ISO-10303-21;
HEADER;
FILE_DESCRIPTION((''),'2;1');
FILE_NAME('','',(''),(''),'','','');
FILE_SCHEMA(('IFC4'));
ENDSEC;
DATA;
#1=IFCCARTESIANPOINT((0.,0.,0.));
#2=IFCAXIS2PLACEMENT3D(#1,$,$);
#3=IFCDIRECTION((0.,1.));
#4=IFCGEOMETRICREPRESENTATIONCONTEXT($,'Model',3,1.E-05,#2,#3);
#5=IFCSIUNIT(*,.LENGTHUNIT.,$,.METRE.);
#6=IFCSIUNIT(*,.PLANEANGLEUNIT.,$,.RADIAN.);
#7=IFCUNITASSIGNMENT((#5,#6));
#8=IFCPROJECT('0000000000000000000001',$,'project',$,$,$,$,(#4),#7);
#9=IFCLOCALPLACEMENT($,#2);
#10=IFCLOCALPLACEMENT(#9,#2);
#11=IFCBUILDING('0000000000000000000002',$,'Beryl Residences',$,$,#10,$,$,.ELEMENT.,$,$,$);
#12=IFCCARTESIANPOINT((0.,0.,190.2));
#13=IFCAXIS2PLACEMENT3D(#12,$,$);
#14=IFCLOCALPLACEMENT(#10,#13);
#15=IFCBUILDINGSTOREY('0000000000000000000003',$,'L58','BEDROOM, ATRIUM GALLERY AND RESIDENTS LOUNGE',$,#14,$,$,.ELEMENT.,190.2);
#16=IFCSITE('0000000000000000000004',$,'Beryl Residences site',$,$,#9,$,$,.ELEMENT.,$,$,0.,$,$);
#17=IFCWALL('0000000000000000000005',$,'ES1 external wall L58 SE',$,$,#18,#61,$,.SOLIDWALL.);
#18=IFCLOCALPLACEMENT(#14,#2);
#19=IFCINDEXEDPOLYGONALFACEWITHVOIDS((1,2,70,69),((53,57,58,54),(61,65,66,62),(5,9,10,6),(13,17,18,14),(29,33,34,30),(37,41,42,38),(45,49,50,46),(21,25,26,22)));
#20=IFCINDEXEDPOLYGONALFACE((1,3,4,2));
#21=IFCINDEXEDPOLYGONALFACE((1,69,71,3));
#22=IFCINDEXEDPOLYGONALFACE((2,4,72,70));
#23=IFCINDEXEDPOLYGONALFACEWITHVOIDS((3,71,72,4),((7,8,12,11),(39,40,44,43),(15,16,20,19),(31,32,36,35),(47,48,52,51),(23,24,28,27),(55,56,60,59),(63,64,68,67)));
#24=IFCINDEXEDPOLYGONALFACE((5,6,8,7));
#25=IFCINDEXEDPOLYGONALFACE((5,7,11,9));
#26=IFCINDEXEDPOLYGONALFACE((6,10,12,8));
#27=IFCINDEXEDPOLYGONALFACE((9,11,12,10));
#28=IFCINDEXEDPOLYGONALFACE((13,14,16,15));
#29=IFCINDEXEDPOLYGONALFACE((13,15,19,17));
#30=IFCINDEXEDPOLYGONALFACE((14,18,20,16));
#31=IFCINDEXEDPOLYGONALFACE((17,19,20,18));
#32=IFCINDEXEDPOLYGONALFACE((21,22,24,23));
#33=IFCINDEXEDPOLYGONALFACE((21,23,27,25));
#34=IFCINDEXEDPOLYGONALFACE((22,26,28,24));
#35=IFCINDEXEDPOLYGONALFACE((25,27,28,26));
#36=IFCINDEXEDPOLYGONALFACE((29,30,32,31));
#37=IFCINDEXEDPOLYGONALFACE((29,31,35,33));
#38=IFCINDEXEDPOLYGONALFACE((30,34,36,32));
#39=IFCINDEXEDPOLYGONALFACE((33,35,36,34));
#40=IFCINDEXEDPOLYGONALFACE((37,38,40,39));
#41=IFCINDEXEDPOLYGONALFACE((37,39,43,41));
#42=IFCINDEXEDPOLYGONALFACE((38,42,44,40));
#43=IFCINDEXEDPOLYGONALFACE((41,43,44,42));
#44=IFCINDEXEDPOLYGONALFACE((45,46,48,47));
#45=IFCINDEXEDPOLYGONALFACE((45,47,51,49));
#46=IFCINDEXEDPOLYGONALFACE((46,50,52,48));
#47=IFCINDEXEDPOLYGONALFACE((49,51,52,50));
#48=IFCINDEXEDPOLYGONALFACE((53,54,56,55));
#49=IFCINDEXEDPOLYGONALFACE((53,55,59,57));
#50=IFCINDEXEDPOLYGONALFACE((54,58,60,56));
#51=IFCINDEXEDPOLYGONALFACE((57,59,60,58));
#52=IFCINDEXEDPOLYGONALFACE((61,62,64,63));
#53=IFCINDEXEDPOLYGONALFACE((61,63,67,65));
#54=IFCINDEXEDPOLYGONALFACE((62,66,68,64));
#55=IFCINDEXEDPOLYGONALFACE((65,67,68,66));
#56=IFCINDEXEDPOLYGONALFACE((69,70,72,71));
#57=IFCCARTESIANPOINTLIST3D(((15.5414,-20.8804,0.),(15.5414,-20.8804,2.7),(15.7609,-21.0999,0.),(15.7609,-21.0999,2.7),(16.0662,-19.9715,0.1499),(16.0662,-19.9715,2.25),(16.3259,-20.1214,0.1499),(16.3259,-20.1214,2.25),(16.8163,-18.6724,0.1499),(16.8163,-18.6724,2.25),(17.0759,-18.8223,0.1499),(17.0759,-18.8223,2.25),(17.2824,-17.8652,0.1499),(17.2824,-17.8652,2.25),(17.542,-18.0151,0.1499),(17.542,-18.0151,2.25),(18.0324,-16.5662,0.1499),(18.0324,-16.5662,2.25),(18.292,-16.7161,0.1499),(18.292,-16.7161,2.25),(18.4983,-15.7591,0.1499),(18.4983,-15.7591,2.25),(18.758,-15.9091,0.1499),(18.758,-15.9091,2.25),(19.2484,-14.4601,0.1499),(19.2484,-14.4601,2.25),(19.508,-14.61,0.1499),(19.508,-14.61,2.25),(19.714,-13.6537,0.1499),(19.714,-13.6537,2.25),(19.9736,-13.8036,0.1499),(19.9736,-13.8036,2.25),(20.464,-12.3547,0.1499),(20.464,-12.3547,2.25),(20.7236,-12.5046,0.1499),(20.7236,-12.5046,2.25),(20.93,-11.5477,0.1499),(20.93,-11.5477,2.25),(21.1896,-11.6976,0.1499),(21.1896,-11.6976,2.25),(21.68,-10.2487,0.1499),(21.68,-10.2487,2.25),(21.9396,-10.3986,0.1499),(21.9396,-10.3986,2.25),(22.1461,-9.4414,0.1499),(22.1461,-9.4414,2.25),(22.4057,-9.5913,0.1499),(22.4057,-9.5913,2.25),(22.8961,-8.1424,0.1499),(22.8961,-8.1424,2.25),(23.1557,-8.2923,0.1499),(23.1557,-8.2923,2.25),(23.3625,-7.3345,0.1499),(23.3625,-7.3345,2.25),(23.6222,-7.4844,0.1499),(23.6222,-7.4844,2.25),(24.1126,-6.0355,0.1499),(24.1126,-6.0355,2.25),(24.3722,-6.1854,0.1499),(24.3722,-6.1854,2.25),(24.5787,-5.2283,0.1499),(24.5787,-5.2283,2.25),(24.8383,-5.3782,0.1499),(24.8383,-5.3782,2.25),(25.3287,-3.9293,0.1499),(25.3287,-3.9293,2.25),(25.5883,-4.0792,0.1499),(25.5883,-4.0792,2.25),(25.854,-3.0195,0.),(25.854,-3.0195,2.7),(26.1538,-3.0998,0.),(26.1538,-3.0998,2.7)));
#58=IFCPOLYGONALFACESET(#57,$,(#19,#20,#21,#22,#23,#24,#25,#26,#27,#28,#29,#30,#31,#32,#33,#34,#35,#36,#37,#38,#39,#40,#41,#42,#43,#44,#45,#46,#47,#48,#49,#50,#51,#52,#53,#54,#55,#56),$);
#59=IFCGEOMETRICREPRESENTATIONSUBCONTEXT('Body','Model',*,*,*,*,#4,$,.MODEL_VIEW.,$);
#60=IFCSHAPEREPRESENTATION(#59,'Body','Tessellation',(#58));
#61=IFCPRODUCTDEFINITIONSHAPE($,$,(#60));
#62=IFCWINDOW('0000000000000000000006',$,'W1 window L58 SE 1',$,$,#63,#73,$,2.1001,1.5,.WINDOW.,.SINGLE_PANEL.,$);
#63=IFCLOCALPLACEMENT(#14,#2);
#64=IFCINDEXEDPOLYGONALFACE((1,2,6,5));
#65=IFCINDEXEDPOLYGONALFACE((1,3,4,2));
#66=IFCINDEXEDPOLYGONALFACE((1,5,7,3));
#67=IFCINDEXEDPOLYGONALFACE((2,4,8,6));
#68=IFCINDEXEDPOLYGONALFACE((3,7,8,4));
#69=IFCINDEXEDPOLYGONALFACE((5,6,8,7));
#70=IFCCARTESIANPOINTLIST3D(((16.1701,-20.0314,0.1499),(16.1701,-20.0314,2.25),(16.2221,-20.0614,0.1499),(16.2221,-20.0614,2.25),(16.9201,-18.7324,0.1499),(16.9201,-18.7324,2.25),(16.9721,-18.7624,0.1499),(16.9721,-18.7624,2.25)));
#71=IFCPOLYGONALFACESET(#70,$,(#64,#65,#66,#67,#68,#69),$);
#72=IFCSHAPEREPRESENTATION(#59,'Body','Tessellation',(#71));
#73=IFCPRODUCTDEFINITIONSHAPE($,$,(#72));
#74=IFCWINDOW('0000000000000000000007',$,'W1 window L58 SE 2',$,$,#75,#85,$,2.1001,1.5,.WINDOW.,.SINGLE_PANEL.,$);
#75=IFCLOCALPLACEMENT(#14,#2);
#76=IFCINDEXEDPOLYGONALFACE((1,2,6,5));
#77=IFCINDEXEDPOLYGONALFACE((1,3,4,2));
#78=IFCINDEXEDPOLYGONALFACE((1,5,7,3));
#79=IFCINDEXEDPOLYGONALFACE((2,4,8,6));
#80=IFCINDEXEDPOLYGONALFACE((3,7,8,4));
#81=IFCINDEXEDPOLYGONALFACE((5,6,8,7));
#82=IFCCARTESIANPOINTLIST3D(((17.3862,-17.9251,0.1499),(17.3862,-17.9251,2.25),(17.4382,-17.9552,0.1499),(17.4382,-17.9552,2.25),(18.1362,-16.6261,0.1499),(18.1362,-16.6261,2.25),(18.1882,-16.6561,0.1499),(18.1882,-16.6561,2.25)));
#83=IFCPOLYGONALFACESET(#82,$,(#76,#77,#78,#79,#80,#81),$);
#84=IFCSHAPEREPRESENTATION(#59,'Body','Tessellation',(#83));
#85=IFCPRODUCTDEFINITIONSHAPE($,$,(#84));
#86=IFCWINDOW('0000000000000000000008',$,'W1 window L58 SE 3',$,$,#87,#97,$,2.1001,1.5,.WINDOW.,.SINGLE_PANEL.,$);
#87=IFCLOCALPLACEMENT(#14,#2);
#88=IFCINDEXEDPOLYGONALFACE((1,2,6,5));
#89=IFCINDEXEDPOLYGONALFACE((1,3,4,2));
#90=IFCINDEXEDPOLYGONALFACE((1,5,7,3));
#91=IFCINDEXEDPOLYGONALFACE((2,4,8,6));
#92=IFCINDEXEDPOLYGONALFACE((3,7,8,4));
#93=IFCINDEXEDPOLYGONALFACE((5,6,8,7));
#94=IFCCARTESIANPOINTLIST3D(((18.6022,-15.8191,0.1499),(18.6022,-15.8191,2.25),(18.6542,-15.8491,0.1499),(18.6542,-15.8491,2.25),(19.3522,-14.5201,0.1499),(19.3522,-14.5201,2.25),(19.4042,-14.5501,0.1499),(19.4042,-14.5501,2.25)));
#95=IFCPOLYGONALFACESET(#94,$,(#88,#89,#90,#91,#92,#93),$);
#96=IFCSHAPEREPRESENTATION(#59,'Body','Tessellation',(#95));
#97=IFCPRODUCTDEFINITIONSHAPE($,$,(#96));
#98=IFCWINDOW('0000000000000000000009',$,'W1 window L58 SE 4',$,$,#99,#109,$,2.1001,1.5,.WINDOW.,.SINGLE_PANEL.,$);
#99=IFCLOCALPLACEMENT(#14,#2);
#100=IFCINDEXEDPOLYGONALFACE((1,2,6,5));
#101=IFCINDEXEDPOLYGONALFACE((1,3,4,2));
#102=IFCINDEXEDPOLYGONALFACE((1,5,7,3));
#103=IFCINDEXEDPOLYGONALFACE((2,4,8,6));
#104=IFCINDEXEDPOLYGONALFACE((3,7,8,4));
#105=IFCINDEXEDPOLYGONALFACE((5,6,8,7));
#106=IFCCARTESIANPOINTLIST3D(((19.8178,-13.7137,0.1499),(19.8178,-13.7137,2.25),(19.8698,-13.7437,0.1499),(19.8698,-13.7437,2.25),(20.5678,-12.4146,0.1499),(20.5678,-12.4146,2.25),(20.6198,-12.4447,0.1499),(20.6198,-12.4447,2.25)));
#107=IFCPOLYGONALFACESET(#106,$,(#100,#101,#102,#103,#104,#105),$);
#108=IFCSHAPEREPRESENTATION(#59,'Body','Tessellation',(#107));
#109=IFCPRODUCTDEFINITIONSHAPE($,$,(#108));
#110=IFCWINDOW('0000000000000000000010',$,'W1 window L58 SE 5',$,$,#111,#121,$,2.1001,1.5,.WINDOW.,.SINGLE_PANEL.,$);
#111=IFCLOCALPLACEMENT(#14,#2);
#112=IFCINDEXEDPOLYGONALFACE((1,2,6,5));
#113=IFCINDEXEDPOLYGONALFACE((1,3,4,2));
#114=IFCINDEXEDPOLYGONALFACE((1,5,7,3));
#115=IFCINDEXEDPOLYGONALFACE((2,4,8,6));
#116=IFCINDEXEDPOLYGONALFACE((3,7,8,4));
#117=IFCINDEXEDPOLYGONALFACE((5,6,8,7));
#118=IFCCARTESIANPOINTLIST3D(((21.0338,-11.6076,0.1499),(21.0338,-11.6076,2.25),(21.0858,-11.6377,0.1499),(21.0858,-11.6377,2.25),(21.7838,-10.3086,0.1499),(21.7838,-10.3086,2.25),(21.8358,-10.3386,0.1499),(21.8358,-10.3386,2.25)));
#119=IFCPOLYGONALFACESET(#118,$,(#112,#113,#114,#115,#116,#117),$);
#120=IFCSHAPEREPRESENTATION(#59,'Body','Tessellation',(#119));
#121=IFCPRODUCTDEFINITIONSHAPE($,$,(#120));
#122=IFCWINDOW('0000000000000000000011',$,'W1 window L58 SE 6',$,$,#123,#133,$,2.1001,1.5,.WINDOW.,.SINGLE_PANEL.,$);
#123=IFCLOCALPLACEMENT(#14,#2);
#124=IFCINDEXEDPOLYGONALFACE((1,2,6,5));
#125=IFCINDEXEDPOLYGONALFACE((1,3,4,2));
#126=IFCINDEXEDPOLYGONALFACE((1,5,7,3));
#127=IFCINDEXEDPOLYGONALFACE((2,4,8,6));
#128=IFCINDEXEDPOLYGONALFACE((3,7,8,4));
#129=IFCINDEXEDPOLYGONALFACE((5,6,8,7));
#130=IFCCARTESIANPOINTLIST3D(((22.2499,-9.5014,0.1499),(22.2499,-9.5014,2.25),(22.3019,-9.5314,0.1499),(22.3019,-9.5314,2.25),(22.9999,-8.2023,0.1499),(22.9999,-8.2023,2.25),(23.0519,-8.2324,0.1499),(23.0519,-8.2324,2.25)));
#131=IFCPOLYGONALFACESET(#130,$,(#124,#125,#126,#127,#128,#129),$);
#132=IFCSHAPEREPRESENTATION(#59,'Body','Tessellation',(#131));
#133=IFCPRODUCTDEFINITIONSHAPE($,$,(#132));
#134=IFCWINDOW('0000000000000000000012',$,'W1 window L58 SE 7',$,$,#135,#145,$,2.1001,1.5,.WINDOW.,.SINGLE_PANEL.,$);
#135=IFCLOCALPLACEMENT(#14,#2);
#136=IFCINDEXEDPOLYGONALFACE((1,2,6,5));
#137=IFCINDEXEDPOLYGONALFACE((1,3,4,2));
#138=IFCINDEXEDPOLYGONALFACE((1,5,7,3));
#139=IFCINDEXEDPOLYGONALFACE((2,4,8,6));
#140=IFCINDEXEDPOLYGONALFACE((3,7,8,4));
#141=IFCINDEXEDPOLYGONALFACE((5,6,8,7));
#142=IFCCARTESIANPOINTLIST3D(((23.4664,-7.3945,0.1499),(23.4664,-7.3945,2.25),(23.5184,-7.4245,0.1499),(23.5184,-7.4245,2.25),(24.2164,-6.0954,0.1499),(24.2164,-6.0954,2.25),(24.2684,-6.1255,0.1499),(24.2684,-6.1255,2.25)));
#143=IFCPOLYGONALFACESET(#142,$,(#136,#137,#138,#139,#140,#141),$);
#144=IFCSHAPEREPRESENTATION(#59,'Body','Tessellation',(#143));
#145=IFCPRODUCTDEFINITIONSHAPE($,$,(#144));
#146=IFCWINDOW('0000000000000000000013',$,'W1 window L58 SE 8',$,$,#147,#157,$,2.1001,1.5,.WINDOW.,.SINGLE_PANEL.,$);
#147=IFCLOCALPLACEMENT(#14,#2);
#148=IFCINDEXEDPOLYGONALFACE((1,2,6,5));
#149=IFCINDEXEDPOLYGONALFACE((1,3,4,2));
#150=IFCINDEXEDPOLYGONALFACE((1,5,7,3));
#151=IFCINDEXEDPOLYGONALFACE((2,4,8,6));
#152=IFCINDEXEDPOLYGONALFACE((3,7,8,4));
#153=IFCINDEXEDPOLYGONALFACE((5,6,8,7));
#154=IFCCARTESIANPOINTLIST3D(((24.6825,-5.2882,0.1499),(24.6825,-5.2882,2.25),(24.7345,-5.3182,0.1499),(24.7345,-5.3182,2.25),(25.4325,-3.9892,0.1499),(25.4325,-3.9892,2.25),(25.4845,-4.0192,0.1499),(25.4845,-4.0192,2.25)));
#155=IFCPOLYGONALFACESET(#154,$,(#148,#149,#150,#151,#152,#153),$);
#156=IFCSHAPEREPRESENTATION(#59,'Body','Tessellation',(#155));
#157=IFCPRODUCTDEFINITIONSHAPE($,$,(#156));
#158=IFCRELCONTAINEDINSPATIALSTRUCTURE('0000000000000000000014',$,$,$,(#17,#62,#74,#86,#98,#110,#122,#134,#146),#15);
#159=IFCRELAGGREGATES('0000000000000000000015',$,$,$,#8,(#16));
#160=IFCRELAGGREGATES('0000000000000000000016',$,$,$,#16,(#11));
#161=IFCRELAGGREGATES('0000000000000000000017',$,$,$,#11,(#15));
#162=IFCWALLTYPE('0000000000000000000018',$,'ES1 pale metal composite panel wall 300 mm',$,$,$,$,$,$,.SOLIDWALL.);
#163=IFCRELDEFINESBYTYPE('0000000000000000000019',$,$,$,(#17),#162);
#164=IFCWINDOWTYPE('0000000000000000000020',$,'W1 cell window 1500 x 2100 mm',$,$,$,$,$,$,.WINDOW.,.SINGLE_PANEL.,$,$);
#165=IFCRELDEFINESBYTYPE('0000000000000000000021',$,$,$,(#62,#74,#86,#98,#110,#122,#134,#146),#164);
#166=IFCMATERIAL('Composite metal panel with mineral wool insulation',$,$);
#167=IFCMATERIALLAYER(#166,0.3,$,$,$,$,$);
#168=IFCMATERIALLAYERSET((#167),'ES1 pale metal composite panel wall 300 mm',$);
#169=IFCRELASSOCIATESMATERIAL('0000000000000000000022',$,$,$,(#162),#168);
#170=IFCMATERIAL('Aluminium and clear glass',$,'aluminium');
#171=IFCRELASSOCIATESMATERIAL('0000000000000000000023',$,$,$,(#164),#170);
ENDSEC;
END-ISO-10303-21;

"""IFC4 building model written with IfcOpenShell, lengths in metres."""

from ifc_helpers import new_model, si_unit, direction, frame, frame_2d, origin, place, context, subcontext, project, spatial, polyline, rectangle, outline, extrude, material, layer, layer_set, type_object, element, fill, save


model = new_model("IFC4")

# Units and contexts
model_context = context("Model", 3, precision=1e-05, world=origin(), true_north=direction((0.0, 1.0)))
body_context = subcontext(model_context, "Body", "Model", "MODEL_VIEW")
ifc_project = project(units=[si_unit("LENGTHUNIT", "METRE"), si_unit("PLANEANGLEUNIT", "RADIAN")], contexts=[model_context])

# Site, building, storey
site_placement = place(None, origin())
site = spatial("IfcSite", under=ifc_project, at=site_placement, Name="Beryl Residences site", CompositionType="ELEMENT", RefElevation=0.0)
building_placement = place(site_placement, origin())
building = spatial("IfcBuilding", under=site, at=building_placement, Name="Beryl Residences", CompositionType="ELEMENT")
storey_placement = place(building_placement, frame((0.0, 0.0, 190.2)))
storey = spatial("IfcBuildingStorey", under=building, at=storey_placement, Name="L58", Description="BEDROOM, ATRIUM GALLERY AND RESIDENTS LOUNGE", CompositionType="ELEMENT", Elevation=190.2)

# Wall, openings, windows
ifc_material_1 = material(Name="Composite metal panel with mineral wool insulation")
ifc_layer_1 = layer(ifc_material_1, 0.3)
ifc_layer_set_1 = layer_set([ifc_layer_1], Name="ES1 pale metal composite panel wall 300 mm")
wall_type_1 = type_object("IfcWallType", Name="ES1 pale metal composite panel wall 300 mm", PredefinedType="SOLIDWALL", material=ifc_layer_set_1)
wall_1_placement = place(storey_placement, frame((15.6311, -21.0249, 0.0), z_axis=(0.0, 0.0, 1.0), x_axis=(0.500019, 0.866015, 0.0)))
wall_1 = element("IfcWall", 1, at=wall_1_placement, inside=storey, type_object=wall_type_1, Name="ES1 external wall L58 SE", PredefinedType="SOLIDWALL", context=body_context, shape_type="SweptSolid", body=[
    extrude(outline(polyline([(0.0, -0.1499), (20.7849, -0.1499), (20.7046, 0.1499), (0.0803, 0.1499), (0.0, -0.1499)])), origin(), (0.0, 0.0, 1.0), 2.7),
])
opening_1_placement = place(wall_1_placement, frame((1.1299, 0.0, 0.1499)))
opening_1 = element("IfcOpeningElement", 2, at=opening_1_placement, cuts=wall_1, PredefinedType="OPENING", context=body_context, shape_type="SweptSolid", body=[
    extrude(rectangle(XDim=1.5, YDim=2.1001, at=frame_2d((0.75, 1.05))), frame((0.0, 0.1599, 0.0), z_axis=(0.0, -1.0, 0.0), x_axis=(1.0, 0.0, 0.0)), (0.0, 0.0, 1.0), 0.3201),
])
opening_2_placement = place(wall_1_placement, frame((3.562, 0.0, 0.1499)))
opening_2 = element("IfcOpeningElement", 3, at=opening_2_placement, cuts=wall_1, PredefinedType="OPENING", context=body_context, shape_type="SweptSolid", body=[
    extrude(rectangle(XDim=1.5, YDim=2.1001, at=frame_2d((0.75, 1.05))), frame((0.0, 0.1599, 0.0), z_axis=(0.0, -1.0, 0.0), x_axis=(1.0, 0.0, 0.0)), (0.0, 0.0, 1.0), 0.3201),
])
opening_3_placement = place(wall_1_placement, frame((5.9939, 0.0, 0.1499)))
opening_3 = element("IfcOpeningElement", 4, at=opening_3_placement, cuts=wall_1, PredefinedType="OPENING", context=body_context, shape_type="SweptSolid", body=[
    extrude(rectangle(XDim=1.5, YDim=2.1001, at=frame_2d((0.75, 1.05))), frame((0.0, 0.1599, 0.0), z_axis=(0.0, -1.0, 0.0), x_axis=(1.0, 0.0, 0.0)), (0.0, 0.0, 1.0), 0.3201),
])
opening_4_placement = place(wall_1_placement, frame((8.425, 0.0, 0.1499)))
opening_4 = element("IfcOpeningElement", 5, at=opening_4_placement, cuts=wall_1, PredefinedType="OPENING", context=body_context, shape_type="SweptSolid", body=[
    extrude(rectangle(XDim=1.5, YDim=2.1001, at=frame_2d((0.75, 1.05))), frame((0.0, 0.1599, 0.0), z_axis=(0.0, -1.0, 0.0), x_axis=(1.0, 0.0, 0.0)), (0.0, 0.0, 1.0), 0.3201),
])
opening_5_placement = place(wall_1_placement, frame((10.8569, 0.0, 0.1499)))
opening_5 = element("IfcOpeningElement", 6, at=opening_5_placement, cuts=wall_1, PredefinedType="OPENING", context=body_context, shape_type="SweptSolid", body=[
    extrude(rectangle(XDim=1.5, YDim=2.1001, at=frame_2d((0.75, 1.05))), frame((0.0, 0.1599, 0.0), z_axis=(0.0, -1.0, 0.0), x_axis=(1.0, 0.0, 0.0)), (0.0, 0.0, 1.0), 0.3201),
])
opening_6_placement = place(wall_1_placement, frame((13.2891, 0.0, 0.1499)))
opening_6 = element("IfcOpeningElement", 7, at=opening_6_placement, cuts=wall_1, PredefinedType="OPENING", context=body_context, shape_type="SweptSolid", body=[
    extrude(rectangle(XDim=1.5, YDim=2.1001, at=frame_2d((0.75, 1.05))), frame((0.0, 0.1599, 0.0), z_axis=(0.0, -1.0, 0.0), x_axis=(1.0, 0.0, 0.0)), (0.0, 0.0, 1.0), 0.3201),
])
opening_7_placement = place(wall_1_placement, frame((15.7219, 0.0, 0.1499)))
opening_7 = element("IfcOpeningElement", 8, at=opening_7_placement, cuts=wall_1, PredefinedType="OPENING", context=body_context, shape_type="SweptSolid", body=[
    extrude(rectangle(XDim=1.5, YDim=2.1001, at=frame_2d((0.75, 1.05))), frame((0.0, 0.1599, 0.0), z_axis=(0.0, -1.0, 0.0), x_axis=(1.0, 0.0, 0.0)), (0.0, 0.0, 1.0), 0.3201),
])
opening_8_placement = place(wall_1_placement, frame((18.1541, 0.0, 0.1499)))
opening_8 = element("IfcOpeningElement", 9, at=opening_8_placement, cuts=wall_1, PredefinedType="OPENING", context=body_context, shape_type="SweptSolid", body=[
    extrude(rectangle(XDim=1.5, YDim=2.1001, at=frame_2d((0.75, 1.05))), frame((0.0, 0.1599, 0.0), z_axis=(0.0, -1.0, 0.0), x_axis=(1.0, 0.0, 0.0)), (0.0, 0.0, 1.0), 0.3201),
])
ifc_material_2 = material(Name="Aluminium and clear glass", Category="aluminium")
window_type = type_object("IfcWindowType", Name="W1 cell window 1500 x 2100 mm", PartitioningType="SINGLE_PANEL", PredefinedType="WINDOW", material=ifc_material_2)
window_1_placement = place(opening_1_placement, origin())
window_1 = element("IfcWindow", 10, at=window_1_placement, inside=storey, type_object=window_type, Name="W1 window L58 SE 1", OverallHeight=2.1001, OverallWidth=1.5, PartitioningType="SINGLE_PANEL", PredefinedType="WINDOW", context=body_context, shape_type="SweptSolid", body=[
    extrude(rectangle(XDim=1.5, YDim=2.1001, at=frame_2d((0.75, 1.05))), frame((0.0, 0.03, 0.0), z_axis=(0.0, -1.0, 0.0), x_axis=(1.0, 0.0, 0.0)), (0.0, 0.0, 1.0), 0.0601),
])
fill(opening_1, window_1)
window_2_placement = place(opening_2_placement, origin())
window_2 = element("IfcWindow", 11, at=window_2_placement, inside=storey, type_object=window_type, Name="W1 window L58 SE 2", OverallHeight=2.1001, OverallWidth=1.5, PartitioningType="SINGLE_PANEL", PredefinedType="WINDOW", context=body_context, shape_type="SweptSolid", body=[
    extrude(rectangle(XDim=1.5, YDim=2.1001, at=frame_2d((0.75, 1.05))), frame((0.0, 0.03, 0.0), z_axis=(0.0, -1.0, 0.0), x_axis=(1.0, 0.0, 0.0)), (0.0, 0.0, 1.0), 0.0601),
])
fill(opening_2, window_2)
window_3_placement = place(opening_3_placement, origin())
window_3 = element("IfcWindow", 12, at=window_3_placement, inside=storey, type_object=window_type, Name="W1 window L58 SE 3", OverallHeight=2.1001, OverallWidth=1.5, PartitioningType="SINGLE_PANEL", PredefinedType="WINDOW", context=body_context, shape_type="SweptSolid", body=[
    extrude(rectangle(XDim=1.5, YDim=2.1001, at=frame_2d((0.75, 1.05))), frame((0.0, 0.03, 0.0), z_axis=(0.0, -1.0, 0.0), x_axis=(1.0, 0.0, 0.0)), (0.0, 0.0, 1.0), 0.0601),
])
fill(opening_3, window_3)
window_4_placement = place(opening_4_placement, origin())
window_4 = element("IfcWindow", 13, at=window_4_placement, inside=storey, type_object=window_type, Name="W1 window L58 SE 4", OverallHeight=2.1001, OverallWidth=1.5, PartitioningType="SINGLE_PANEL", PredefinedType="WINDOW", context=body_context, shape_type="SweptSolid", body=[
    extrude(rectangle(XDim=1.5, YDim=2.1001, at=frame_2d((0.75, 1.05))), frame((0.0, 0.03, 0.0), z_axis=(0.0, -1.0, 0.0), x_axis=(1.0, 0.0, 0.0)), (0.0, 0.0, 1.0), 0.0601),
])
fill(opening_4, window_4)
window_5_placement = place(opening_5_placement, origin())
window_5 = element("IfcWindow", 14, at=window_5_placement, inside=storey, type_object=window_type, Name="W1 window L58 SE 5", OverallHeight=2.1001, OverallWidth=1.5, PartitioningType="SINGLE_PANEL", PredefinedType="WINDOW", context=body_context, shape_type="SweptSolid", body=[
    extrude(rectangle(XDim=1.5, YDim=2.1001, at=frame_2d((0.75, 1.05))), frame((0.0, 0.03, 0.0), z_axis=(0.0, -1.0, 0.0), x_axis=(1.0, 0.0, 0.0)), (0.0, 0.0, 1.0), 0.0601),
])
fill(opening_5, window_5)
window_6_placement = place(opening_6_placement, origin())
window_6 = element("IfcWindow", 15, at=window_6_placement, inside=storey, type_object=window_type, Name="W1 window L58 SE 6", OverallHeight=2.1001, OverallWidth=1.5, PartitioningType="SINGLE_PANEL", PredefinedType="WINDOW", context=body_context, shape_type="SweptSolid", body=[
    extrude(rectangle(XDim=1.5, YDim=2.1001, at=frame_2d((0.75, 1.05))), frame((0.0, 0.03, 0.0), z_axis=(0.0, -1.0, 0.0), x_axis=(1.0, 0.0, 0.0)), (0.0, 0.0, 1.0), 0.0601),
])
fill(opening_6, window_6)
window_7_placement = place(opening_7_placement, origin())
window_7 = element("IfcWindow", 16, at=window_7_placement, inside=storey, type_object=window_type, Name="W1 window L58 SE 7", OverallHeight=2.1001, OverallWidth=1.5, PartitioningType="SINGLE_PANEL", PredefinedType="WINDOW", context=body_context, shape_type="SweptSolid", body=[
    extrude(rectangle(XDim=1.5, YDim=2.1001, at=frame_2d((0.75, 1.05))), frame((0.0, 0.03, 0.0), z_axis=(0.0, -1.0, 0.0), x_axis=(1.0, 0.0, 0.0)), (0.0, 0.0, 1.0), 0.0601),
])
fill(opening_7, window_7)
window_8_placement = place(opening_8_placement, origin())
window_8 = element("IfcWindow", 17, at=window_8_placement, inside=storey, type_object=window_type, Name="W1 window L58 SE 8", OverallHeight=2.1001, OverallWidth=1.5, PartitioningType="SINGLE_PANEL", PredefinedType="WINDOW", context=body_context, shape_type="SweptSolid", body=[
    extrude(rectangle(XDim=1.5, YDim=2.1001, at=frame_2d((0.75, 1.05))), frame((0.0, 0.03, 0.0), z_axis=(0.0, -1.0, 0.0), x_axis=(1.0, 0.0, 0.0)), (0.0, 0.0, 1.0), 0.0601),
])
fill(opening_8, window_8)

save(model, "model.ifc")
